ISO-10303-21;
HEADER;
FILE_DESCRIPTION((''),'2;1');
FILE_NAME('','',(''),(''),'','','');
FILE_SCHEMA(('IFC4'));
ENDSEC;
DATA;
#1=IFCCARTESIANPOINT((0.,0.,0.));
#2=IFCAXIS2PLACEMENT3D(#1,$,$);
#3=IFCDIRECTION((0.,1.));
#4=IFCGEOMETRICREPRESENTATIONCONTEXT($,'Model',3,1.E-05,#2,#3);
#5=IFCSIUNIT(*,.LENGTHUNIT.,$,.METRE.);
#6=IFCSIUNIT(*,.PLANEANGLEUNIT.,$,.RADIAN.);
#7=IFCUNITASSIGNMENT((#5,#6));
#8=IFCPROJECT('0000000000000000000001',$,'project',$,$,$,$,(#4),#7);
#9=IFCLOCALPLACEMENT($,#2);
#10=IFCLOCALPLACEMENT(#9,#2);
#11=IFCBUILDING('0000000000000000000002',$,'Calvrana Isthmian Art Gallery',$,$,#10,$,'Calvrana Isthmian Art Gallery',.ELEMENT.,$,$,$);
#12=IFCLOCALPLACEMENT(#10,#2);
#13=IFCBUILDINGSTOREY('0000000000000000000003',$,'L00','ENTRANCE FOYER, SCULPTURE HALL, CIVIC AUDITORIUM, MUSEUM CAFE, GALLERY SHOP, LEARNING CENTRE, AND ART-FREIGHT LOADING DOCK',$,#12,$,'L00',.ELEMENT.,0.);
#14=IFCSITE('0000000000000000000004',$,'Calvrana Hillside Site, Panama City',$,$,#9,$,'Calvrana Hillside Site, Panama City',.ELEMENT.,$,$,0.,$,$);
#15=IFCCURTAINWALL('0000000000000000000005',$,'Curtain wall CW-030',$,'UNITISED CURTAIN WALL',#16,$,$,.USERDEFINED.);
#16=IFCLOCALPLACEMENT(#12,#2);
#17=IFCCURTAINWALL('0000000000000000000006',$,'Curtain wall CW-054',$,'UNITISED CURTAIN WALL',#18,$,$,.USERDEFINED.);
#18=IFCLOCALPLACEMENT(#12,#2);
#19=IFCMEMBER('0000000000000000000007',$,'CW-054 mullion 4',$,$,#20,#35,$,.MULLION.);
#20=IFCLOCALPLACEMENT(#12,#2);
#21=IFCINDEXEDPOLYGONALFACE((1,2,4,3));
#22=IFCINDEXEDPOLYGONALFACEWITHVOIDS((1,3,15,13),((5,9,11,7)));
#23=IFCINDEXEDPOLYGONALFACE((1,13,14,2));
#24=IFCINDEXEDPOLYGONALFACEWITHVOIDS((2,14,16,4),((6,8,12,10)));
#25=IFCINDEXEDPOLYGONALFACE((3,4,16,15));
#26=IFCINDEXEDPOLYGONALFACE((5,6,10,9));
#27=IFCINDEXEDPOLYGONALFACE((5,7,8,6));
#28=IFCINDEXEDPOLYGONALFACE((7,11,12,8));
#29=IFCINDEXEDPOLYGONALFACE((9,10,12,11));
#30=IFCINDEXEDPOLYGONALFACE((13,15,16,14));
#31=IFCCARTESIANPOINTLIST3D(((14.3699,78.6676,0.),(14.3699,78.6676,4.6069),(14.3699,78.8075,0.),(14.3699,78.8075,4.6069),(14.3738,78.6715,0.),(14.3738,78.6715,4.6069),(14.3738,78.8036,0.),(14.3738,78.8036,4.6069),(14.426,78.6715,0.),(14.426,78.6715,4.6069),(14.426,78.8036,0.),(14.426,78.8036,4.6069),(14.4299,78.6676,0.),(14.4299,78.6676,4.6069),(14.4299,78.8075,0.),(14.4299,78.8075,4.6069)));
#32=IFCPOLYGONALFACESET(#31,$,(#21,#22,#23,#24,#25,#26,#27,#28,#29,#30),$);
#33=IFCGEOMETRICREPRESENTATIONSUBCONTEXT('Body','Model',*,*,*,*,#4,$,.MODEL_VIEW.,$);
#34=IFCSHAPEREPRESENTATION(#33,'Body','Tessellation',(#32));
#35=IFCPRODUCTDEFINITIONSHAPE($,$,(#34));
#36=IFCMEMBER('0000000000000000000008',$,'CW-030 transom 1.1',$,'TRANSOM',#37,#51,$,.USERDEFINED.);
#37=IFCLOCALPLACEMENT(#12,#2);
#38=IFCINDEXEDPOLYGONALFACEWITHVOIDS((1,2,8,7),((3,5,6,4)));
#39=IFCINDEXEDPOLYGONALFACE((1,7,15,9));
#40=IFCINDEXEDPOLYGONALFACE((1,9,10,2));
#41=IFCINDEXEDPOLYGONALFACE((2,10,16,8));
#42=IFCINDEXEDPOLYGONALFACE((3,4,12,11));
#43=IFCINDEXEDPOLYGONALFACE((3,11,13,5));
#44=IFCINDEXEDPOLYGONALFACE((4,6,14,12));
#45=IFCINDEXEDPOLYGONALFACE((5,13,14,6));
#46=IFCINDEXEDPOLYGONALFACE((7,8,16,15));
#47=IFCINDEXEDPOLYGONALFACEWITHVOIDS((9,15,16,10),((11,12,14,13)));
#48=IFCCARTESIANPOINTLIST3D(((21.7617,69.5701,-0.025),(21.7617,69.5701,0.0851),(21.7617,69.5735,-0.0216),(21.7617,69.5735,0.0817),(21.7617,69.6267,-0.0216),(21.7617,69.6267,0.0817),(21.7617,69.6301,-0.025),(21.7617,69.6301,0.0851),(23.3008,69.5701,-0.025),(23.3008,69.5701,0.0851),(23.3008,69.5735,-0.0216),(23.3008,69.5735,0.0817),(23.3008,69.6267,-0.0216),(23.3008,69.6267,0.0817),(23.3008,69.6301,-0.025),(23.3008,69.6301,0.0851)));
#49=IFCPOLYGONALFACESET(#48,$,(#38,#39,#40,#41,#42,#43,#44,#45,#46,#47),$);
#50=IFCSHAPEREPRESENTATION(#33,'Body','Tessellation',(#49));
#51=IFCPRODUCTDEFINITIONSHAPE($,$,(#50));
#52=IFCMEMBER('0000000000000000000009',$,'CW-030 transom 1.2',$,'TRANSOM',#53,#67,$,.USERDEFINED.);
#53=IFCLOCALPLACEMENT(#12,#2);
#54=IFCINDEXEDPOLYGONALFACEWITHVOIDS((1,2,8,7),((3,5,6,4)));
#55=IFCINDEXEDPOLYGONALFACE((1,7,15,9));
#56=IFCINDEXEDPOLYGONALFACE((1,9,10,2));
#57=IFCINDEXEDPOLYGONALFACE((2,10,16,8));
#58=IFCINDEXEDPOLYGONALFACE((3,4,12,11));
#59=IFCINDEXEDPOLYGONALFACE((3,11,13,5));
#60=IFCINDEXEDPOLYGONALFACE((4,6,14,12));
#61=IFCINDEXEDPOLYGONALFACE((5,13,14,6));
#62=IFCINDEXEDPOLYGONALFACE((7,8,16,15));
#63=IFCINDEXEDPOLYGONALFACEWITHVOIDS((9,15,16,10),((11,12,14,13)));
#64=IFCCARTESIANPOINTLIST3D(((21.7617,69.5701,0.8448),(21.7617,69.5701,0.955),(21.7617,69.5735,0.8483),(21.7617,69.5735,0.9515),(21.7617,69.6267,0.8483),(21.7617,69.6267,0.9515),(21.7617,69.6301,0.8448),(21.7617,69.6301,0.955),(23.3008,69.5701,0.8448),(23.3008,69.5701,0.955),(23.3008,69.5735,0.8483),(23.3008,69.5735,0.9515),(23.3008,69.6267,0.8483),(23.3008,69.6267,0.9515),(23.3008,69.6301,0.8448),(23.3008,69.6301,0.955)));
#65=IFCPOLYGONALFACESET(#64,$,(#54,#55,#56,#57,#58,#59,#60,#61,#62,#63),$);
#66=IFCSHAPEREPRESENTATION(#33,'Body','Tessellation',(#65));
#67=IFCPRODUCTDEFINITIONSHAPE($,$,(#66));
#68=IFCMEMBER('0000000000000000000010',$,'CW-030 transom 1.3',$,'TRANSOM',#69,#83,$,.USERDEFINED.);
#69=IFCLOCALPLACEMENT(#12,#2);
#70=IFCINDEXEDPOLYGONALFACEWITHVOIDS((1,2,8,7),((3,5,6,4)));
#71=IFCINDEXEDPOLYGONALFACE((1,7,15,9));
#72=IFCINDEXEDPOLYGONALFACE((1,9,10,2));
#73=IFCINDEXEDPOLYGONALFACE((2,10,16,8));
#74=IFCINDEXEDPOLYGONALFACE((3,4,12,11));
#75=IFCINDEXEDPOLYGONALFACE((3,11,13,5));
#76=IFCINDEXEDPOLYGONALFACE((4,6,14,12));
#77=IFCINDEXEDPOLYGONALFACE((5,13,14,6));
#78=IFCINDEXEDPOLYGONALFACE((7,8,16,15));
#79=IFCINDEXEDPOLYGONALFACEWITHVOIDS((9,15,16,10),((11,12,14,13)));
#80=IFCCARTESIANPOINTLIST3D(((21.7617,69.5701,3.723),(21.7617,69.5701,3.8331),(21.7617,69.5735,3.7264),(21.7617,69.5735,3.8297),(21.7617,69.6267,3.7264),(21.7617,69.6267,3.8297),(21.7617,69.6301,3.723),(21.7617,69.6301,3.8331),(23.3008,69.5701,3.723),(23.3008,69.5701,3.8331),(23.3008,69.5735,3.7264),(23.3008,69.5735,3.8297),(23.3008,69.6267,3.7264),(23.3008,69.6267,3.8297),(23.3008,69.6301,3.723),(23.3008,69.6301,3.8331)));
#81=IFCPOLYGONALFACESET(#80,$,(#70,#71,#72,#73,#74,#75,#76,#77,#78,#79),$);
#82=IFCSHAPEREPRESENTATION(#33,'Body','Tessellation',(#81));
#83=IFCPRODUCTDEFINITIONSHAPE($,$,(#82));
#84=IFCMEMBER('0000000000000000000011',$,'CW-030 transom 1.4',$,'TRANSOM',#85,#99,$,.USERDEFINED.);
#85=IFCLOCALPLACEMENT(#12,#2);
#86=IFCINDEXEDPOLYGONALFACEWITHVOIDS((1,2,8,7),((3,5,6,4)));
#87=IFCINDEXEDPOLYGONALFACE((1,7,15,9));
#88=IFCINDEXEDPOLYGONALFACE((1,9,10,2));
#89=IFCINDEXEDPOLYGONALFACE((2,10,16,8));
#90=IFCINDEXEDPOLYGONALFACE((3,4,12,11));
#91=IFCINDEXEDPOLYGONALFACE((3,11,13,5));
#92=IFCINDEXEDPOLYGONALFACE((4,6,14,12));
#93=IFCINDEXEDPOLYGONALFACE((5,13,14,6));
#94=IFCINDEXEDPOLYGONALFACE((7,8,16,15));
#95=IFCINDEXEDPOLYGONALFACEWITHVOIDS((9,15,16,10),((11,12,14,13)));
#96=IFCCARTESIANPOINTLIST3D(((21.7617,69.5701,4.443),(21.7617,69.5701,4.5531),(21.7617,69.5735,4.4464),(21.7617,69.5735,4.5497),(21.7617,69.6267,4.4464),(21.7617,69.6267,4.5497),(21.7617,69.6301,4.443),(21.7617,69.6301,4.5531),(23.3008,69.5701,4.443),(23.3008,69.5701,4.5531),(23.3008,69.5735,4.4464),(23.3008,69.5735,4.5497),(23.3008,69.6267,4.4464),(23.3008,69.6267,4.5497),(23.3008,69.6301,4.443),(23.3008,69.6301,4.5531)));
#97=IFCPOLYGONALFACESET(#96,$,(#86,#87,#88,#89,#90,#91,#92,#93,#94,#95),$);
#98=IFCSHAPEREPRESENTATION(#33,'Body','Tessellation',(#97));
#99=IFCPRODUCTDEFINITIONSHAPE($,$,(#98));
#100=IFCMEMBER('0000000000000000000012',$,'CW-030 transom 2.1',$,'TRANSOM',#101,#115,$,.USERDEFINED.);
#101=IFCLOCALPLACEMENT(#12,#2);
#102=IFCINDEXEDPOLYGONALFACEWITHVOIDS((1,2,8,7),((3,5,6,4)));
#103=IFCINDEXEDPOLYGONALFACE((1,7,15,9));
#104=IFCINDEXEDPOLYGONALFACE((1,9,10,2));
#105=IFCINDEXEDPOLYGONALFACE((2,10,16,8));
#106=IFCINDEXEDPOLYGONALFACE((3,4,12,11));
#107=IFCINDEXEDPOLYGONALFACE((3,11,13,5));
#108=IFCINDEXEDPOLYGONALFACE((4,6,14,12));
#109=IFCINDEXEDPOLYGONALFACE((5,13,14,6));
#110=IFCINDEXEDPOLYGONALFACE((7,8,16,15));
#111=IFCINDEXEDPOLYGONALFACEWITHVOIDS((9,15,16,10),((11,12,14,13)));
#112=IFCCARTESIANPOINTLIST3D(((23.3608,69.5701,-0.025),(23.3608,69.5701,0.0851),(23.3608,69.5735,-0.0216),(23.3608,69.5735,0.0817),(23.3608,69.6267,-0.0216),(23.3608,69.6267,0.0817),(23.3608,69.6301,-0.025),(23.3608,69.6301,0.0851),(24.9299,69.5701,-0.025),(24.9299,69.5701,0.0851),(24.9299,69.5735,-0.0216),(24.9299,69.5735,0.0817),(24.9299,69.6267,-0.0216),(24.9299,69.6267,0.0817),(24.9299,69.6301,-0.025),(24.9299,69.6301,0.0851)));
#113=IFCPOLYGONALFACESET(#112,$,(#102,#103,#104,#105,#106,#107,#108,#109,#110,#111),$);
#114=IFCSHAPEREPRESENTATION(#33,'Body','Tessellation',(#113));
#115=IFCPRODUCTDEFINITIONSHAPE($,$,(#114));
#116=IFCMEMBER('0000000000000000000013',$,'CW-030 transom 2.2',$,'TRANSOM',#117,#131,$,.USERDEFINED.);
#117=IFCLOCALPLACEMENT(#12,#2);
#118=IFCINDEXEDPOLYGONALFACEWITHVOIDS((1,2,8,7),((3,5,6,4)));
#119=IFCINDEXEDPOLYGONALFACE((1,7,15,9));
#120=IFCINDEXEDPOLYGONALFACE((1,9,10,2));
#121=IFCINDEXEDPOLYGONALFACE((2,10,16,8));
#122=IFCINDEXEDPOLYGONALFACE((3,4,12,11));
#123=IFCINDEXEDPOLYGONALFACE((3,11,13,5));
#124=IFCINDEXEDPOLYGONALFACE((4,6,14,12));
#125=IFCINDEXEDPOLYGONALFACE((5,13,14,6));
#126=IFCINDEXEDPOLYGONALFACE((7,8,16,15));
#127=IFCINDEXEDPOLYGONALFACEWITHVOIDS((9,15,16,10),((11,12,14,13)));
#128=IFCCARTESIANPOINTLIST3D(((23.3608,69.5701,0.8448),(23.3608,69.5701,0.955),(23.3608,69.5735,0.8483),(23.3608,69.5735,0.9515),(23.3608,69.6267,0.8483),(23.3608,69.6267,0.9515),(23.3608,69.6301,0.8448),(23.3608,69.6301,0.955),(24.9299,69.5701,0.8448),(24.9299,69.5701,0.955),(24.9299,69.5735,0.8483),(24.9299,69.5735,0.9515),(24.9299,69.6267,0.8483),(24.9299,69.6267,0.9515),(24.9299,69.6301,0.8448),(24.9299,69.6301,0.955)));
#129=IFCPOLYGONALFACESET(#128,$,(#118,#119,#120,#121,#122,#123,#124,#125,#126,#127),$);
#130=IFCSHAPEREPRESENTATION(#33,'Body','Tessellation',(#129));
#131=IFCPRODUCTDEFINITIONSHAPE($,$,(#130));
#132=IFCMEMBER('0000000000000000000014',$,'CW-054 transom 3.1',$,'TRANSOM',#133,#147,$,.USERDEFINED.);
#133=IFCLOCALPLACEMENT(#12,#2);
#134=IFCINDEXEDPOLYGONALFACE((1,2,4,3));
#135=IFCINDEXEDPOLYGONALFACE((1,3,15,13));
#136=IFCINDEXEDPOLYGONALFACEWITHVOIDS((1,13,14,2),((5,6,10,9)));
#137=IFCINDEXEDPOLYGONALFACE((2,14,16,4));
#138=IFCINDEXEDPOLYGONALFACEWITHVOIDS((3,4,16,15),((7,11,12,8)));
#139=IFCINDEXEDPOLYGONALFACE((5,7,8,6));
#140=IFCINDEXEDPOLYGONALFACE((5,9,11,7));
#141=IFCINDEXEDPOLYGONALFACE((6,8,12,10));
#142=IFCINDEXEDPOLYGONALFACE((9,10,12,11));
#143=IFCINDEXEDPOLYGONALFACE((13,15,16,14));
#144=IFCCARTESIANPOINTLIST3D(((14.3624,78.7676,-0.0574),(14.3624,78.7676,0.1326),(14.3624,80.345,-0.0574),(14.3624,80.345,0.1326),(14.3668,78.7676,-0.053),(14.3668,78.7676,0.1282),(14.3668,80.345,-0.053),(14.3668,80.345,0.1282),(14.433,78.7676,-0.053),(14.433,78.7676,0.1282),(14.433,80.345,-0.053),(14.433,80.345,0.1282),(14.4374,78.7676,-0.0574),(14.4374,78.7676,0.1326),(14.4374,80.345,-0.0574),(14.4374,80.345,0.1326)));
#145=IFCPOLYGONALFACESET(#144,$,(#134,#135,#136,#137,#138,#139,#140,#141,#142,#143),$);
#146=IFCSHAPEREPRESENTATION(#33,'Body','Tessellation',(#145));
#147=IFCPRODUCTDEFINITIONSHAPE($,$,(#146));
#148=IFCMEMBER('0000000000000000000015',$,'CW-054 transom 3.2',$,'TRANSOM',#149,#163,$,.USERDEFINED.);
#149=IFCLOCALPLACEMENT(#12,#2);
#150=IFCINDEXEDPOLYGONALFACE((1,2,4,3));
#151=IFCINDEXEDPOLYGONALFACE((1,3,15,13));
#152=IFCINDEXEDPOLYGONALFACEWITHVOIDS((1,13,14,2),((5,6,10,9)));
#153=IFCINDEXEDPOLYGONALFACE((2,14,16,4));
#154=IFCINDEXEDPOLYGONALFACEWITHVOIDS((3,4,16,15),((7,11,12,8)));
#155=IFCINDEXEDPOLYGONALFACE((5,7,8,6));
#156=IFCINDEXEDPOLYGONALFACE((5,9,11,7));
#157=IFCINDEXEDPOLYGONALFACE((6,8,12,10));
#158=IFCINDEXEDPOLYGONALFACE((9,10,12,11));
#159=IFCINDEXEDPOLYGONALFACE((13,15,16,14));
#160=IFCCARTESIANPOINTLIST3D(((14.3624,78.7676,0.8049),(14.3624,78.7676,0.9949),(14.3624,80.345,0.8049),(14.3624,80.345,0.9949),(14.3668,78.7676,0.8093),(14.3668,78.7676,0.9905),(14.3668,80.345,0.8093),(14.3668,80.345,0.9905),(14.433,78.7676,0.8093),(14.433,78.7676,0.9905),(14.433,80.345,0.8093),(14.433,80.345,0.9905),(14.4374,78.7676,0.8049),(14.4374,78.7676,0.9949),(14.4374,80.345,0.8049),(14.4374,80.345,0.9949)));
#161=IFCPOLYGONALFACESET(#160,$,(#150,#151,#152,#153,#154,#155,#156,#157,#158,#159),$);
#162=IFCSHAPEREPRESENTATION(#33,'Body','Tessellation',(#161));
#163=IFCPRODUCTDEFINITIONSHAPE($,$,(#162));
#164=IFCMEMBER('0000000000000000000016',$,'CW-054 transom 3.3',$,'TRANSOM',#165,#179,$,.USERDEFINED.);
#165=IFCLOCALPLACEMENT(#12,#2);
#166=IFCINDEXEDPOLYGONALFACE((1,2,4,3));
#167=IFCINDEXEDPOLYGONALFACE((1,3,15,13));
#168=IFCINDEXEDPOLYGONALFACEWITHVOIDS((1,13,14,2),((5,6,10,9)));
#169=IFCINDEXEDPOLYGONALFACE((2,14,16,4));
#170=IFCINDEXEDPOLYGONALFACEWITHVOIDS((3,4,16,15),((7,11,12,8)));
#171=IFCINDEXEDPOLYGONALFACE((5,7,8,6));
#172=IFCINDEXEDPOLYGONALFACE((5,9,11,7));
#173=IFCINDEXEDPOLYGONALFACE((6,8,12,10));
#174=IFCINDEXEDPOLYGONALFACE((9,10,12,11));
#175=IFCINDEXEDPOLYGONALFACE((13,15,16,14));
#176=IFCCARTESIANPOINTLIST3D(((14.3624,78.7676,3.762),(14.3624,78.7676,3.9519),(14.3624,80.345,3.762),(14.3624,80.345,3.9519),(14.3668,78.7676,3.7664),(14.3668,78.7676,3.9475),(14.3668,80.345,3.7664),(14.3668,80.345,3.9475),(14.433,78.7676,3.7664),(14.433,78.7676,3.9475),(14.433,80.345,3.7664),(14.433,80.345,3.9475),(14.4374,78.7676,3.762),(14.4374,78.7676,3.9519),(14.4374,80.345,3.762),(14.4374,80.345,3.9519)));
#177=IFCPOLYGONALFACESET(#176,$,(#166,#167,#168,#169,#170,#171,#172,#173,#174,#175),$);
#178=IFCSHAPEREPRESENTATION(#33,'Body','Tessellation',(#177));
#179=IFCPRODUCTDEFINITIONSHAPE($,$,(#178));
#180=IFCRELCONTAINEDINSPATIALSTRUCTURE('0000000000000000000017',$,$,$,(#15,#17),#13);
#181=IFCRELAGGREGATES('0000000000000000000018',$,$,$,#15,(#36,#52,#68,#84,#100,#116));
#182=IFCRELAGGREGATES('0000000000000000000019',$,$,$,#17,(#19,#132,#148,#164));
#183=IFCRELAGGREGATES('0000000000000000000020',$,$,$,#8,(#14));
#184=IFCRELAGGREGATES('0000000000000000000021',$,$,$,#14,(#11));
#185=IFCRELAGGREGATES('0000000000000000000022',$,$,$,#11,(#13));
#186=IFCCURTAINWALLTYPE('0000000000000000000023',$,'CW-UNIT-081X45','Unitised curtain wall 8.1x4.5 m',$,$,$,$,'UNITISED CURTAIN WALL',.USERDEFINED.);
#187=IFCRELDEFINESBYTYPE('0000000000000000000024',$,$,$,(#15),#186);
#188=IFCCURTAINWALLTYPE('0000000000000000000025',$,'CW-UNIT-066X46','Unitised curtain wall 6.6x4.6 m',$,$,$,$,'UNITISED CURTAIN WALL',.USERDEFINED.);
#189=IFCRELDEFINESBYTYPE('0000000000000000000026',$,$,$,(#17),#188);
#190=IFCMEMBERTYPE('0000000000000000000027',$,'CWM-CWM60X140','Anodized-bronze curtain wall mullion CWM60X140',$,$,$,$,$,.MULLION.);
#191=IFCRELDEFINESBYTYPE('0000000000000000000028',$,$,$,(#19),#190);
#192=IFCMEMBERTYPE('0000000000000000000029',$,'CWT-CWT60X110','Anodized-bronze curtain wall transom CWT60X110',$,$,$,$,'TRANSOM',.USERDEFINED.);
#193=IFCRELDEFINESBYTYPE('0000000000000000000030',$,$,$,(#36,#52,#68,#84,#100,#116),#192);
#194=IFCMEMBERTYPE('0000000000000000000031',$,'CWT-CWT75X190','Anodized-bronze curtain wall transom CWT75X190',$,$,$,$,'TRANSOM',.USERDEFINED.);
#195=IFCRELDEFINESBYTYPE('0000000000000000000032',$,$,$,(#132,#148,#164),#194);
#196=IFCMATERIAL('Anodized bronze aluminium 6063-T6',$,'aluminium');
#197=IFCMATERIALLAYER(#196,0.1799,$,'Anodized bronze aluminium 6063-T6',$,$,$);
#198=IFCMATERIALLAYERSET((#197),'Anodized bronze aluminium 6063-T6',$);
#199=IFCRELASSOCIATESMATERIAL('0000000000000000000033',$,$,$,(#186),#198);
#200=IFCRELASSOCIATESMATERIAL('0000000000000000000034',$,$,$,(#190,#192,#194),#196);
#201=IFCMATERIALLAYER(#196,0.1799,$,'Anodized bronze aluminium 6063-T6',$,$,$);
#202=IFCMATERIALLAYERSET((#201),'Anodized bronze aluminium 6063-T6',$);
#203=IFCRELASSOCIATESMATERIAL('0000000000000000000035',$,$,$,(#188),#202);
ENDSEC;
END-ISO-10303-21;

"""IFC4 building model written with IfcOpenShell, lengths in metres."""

from ifc_helpers import new_model, si_unit, direction, frame, origin, origin_2d, place, context, subcontext, project, spatial, hollow_rectangle, extrude, material, layer, layer_set, material_profile, profile_set, type_object, element, aggregate, save


model = new_model("IFC4")

# Units and contexts
model_context = context("Model", 3, precision=1e-05, world=origin(), true_north=direction((0.0, 1.0)))
body_context = subcontext(model_context, "Body", "Model", "MODEL_VIEW")
ifc_project = project(units=[si_unit("LENGTHUNIT", "METRE"), si_unit("PLANEANGLEUNIT", "RADIAN")], contexts=[model_context])

# Site, building, storey
site_placement = place(None, origin())
site = spatial("IfcSite", under=ifc_project, at=site_placement, Name="Calvrana Hillside Site, Panama City", LongName="Calvrana Hillside Site, Panama City", CompositionType="ELEMENT", RefElevation=0.0)
building_placement = place(site_placement, origin())
building = spatial("IfcBuilding", under=site, at=building_placement, Name="Calvrana Isthmian Art Gallery", LongName="Calvrana Isthmian Art Gallery", CompositionType="ELEMENT")
storey_placement = place(building_placement, origin())
storey = spatial("IfcBuildingStorey", under=building, at=storey_placement, Name="L00", Description="ENTRANCE FOYER, SCULPTURE HALL, CIVIC AUDITORIUM, MUSEUM CAFE, GALLERY SHOP, LEARNING CENTRE, AND ART-FREIGHT LOADING DOCK", LongName="L00", CompositionType="ELEMENT", Elevation=0.0)

# Curtain walls, member
ifc_material_1 = material(Name="Anodized bronze aluminium 6063-T6", Category="aluminium")
ifc_layer_1 = layer(ifc_material_1, 0.1799, Name="Anodized bronze aluminium 6063-T6")
ifc_layer_set_1 = layer_set([ifc_layer_1], Name="Anodized bronze aluminium 6063-T6")
curtain_wall_type_1 = type_object("IfcCurtainWallType", Name="CW-UNIT-081X45", Description="Unitised curtain wall 8.1x4.5 m", ElementType="UNITISED CURTAIN WALL", PredefinedType="USERDEFINED", material=ifc_layer_set_1)
curtain_wall_1_placement = place(storey_placement, origin())
curtain_wall_1 = element("IfcCurtainWall", 1, at=curtain_wall_1_placement, inside=storey, type_object=curtain_wall_type_1, Name="Curtain wall CW-030", ObjectType="UNITISED CURTAIN WALL", PredefinedType="USERDEFINED")
ifc_material_profile_1 = material_profile(ifc_material_1, hollow_rectangle(XDim=0.0601, YDim=0.1399, WallThickness=0.0039, at=origin_2d()), Name="CWM60X140")
ifc_profile_set_1 = profile_set([ifc_material_profile_1], Name="Anodized bronze aluminium 6063-T6")
member_type_1 = type_object("IfcMemberType", Name="CWM-CWM60X140", Description="Anodized-bronze curtain wall mullion CWM60X140", PredefinedType="MULLION", material=ifc_profile_set_1)
ifc_layer_2 = layer(ifc_material_1, 0.1799, Name="Anodized bronze aluminium 6063-T6")
ifc_layer_set_2 = layer_set([ifc_layer_2], Name="Anodized bronze aluminium 6063-T6")
curtain_wall_type_2 = type_object("IfcCurtainWallType", Name="CW-UNIT-066X46", Description="Unitised curtain wall 6.6x4.6 m", ElementType="UNITISED CURTAIN WALL", PredefinedType="USERDEFINED", material=ifc_layer_set_2)
curtain_wall_2_placement = place(storey_placement, origin())
curtain_wall_2 = element("IfcCurtainWall", 2, at=curtain_wall_2_placement, inside=storey, type_object=curtain_wall_type_2, Name="Curtain wall CW-054", ObjectType="UNITISED CURTAIN WALL", PredefinedType="USERDEFINED")
member_1_placement = place(storey_placement, frame((14.3999, 78.7375, 0.0), z_axis=(0.0, 0.0, 1.0), x_axis=(1.0, 0.0, 0.0)))
member_1 = element("IfcMember", 3, at=member_1_placement, type_object=member_type_1, Name="CW-054 mullion 4", PredefinedType="MULLION", context=body_context, shape_type="SweptSolid", body=[
    extrude(hollow_rectangle(XDim=0.0601, YDim=0.1399, WallThickness=0.0039, at=origin_2d()), origin(), (0.0, 0.0, 1.0), 4.6069),
])

# Members
ifc_material_profile_2 = material_profile(ifc_material_1, hollow_rectangle(XDim=0.0601, YDim=0.1101, WallThickness=0.0034, at=origin_2d()), Name="CWT60X110")
ifc_profile_set_2 = profile_set([ifc_material_profile_2], Name="Anodized bronze aluminium 6063-T6")
member_type_2 = type_object("IfcMemberType", Name="CWT-CWT60X110", Description="Anodized-bronze curtain wall transom CWT60X110", ElementType="TRANSOM", PredefinedType="USERDEFINED", material=ifc_profile_set_2)
member_2_placement = place(storey_placement, frame((21.7617, 69.6001, 0.03), z_axis=(1.0, 0.0, 0.0), x_axis=(0.0, 1.0, 0.0)))
member_2 = element("IfcMember", 4, at=member_2_placement, type_object=member_type_2, Name="CW-030 transom 1.1", ObjectType="TRANSOM", PredefinedType="USERDEFINED", context=body_context, shape_type="SweptSolid", body=[
    extrude(hollow_rectangle(XDim=0.0601, YDim=0.1101, WallThickness=0.0034, at=origin_2d()), origin(), (0.0, 0.0, 1.0), 1.5391),
])
member_3_placement = place(storey_placement, frame((21.7617, 69.6001, 0.8999), z_axis=(1.0, 0.0, 0.0), x_axis=(0.0, 1.0, 0.0)))
member_3 = element("IfcMember", 5, at=member_3_placement, type_object=member_type_2, Name="CW-030 transom 1.2", ObjectType="TRANSOM", PredefinedType="USERDEFINED", context=body_context, shape_type="SweptSolid", body=[
    extrude(hollow_rectangle(XDim=0.0601, YDim=0.1101, WallThickness=0.0034, at=origin_2d()), origin(), (0.0, 0.0, 1.0), 1.5391),
])
member_4_placement = place(storey_placement, frame((21.7617, 69.6001, 3.7781), z_axis=(1.0, 0.0, 0.0), x_axis=(0.0, 1.0, 0.0)))
member_4 = element("IfcMember", 6, at=member_4_placement, type_object=member_type_2, Name="CW-030 transom 1.3", ObjectType="TRANSOM", PredefinedType="USERDEFINED", context=body_context, shape_type="SweptSolid", body=[
    extrude(hollow_rectangle(XDim=0.0601, YDim=0.1101, WallThickness=0.0034, at=origin_2d()), origin(), (0.0, 0.0, 1.0), 1.5391),
])
member_5_placement = place(storey_placement, frame((21.7617, 69.6001, 4.498), z_axis=(1.0, 0.0, 0.0), x_axis=(0.0, 1.0, 0.0)))
member_5 = element("IfcMember", 7, at=member_5_placement, type_object=member_type_2, Name="CW-030 transom 1.4", ObjectType="TRANSOM", PredefinedType="USERDEFINED", context=body_context, shape_type="SweptSolid", body=[
    extrude(hollow_rectangle(XDim=0.0601, YDim=0.1101, WallThickness=0.0034, at=origin_2d()), origin(), (0.0, 0.0, 1.0), 1.5391),
])
member_6_placement = place(storey_placement, frame((23.3608, 69.6001, 0.03), z_axis=(1.0, 0.0, 0.0), x_axis=(0.0, 1.0, 0.0)))
member_6 = element("IfcMember", 8, at=member_6_placement, type_object=member_type_2, Name="CW-030 transom 2.1", ObjectType="TRANSOM", PredefinedType="USERDEFINED", context=body_context, shape_type="SweptSolid", body=[
    extrude(hollow_rectangle(XDim=0.0601, YDim=0.1101, WallThickness=0.0034, at=origin_2d()), origin(), (0.0, 0.0, 1.0), 1.5691),
])
member_7_placement = place(storey_placement, frame((23.3608, 69.6001, 0.8999), z_axis=(1.0, 0.0, 0.0), x_axis=(0.0, 1.0, 0.0)))
member_7 = element("IfcMember", 9, at=member_7_placement, type_object=member_type_2, Name="CW-030 transom 2.2", ObjectType="TRANSOM", PredefinedType="USERDEFINED", context=body_context, shape_type="SweptSolid", body=[
    extrude(hollow_rectangle(XDim=0.0601, YDim=0.1101, WallThickness=0.0034, at=origin_2d()), origin(), (0.0, 0.0, 1.0), 1.5691),
])
ifc_material_profile_3 = material_profile(ifc_material_1, hollow_rectangle(XDim=0.075, YDim=0.1899, WallThickness=0.0044, at=origin_2d()), Name="CWT75X190")
ifc_profile_set_3 = profile_set([ifc_material_profile_3], Name="Anodized bronze aluminium 6063-T6")
member_type_3 = type_object("IfcMemberType", Name="CWT-CWT75X190", Description="Anodized-bronze curtain wall transom CWT75X190", ElementType="TRANSOM", PredefinedType="USERDEFINED", material=ifc_profile_set_3)
member_8_placement = place(storey_placement, frame((14.3999, 80.345, 0.0376), z_axis=(0.0, -1.0, 0.0), x_axis=(1.0, 0.0, 0.0)))
member_8 = element("IfcMember", 10, at=member_8_placement, type_object=member_type_3, Name="CW-054 transom 3.1", ObjectType="TRANSOM", PredefinedType="USERDEFINED", context=body_context, shape_type="SweptSolid", body=[
    extrude(hollow_rectangle(XDim=0.075, YDim=0.1899, WallThickness=0.0044, at=origin_2d()), origin(), (0.0, 0.0, 1.0), 1.5774),
])
member_9_placement = place(storey_placement, frame((14.3999, 80.345, 0.8999), z_axis=(0.0, -1.0, 0.0), x_axis=(1.0, 0.0, 0.0)))
member_9 = element("IfcMember", 11, at=member_9_placement, type_object=member_type_3, Name="CW-054 transom 3.2", ObjectType="TRANSOM", PredefinedType="USERDEFINED", context=body_context, shape_type="SweptSolid", body=[
    extrude(hollow_rectangle(XDim=0.075, YDim=0.1899, WallThickness=0.0044, at=origin_2d()), origin(), (0.0, 0.0, 1.0), 1.5774),
])
member_10_placement = place(storey_placement, frame((14.3999, 80.345, 3.8569), z_axis=(0.0, -1.0, 0.0), x_axis=(1.0, 0.0, 0.0)))
member_10 = element("IfcMember", 12, at=member_10_placement, type_object=member_type_3, Name="CW-054 transom 3.3", ObjectType="TRANSOM", PredefinedType="USERDEFINED", context=body_context, shape_type="SweptSolid", body=[
    extrude(hollow_rectangle(XDim=0.075, YDim=0.1899, WallThickness=0.0044, at=origin_2d()), origin(), (0.0, 0.0, 1.0), 1.5774),
])

aggregate(curtain_wall_1, [member_2, member_3, member_4, member_5, member_6, member_7])
aggregate(curtain_wall_2, [member_1, member_8, member_9, member_10])

save(model, "model.ifc")
